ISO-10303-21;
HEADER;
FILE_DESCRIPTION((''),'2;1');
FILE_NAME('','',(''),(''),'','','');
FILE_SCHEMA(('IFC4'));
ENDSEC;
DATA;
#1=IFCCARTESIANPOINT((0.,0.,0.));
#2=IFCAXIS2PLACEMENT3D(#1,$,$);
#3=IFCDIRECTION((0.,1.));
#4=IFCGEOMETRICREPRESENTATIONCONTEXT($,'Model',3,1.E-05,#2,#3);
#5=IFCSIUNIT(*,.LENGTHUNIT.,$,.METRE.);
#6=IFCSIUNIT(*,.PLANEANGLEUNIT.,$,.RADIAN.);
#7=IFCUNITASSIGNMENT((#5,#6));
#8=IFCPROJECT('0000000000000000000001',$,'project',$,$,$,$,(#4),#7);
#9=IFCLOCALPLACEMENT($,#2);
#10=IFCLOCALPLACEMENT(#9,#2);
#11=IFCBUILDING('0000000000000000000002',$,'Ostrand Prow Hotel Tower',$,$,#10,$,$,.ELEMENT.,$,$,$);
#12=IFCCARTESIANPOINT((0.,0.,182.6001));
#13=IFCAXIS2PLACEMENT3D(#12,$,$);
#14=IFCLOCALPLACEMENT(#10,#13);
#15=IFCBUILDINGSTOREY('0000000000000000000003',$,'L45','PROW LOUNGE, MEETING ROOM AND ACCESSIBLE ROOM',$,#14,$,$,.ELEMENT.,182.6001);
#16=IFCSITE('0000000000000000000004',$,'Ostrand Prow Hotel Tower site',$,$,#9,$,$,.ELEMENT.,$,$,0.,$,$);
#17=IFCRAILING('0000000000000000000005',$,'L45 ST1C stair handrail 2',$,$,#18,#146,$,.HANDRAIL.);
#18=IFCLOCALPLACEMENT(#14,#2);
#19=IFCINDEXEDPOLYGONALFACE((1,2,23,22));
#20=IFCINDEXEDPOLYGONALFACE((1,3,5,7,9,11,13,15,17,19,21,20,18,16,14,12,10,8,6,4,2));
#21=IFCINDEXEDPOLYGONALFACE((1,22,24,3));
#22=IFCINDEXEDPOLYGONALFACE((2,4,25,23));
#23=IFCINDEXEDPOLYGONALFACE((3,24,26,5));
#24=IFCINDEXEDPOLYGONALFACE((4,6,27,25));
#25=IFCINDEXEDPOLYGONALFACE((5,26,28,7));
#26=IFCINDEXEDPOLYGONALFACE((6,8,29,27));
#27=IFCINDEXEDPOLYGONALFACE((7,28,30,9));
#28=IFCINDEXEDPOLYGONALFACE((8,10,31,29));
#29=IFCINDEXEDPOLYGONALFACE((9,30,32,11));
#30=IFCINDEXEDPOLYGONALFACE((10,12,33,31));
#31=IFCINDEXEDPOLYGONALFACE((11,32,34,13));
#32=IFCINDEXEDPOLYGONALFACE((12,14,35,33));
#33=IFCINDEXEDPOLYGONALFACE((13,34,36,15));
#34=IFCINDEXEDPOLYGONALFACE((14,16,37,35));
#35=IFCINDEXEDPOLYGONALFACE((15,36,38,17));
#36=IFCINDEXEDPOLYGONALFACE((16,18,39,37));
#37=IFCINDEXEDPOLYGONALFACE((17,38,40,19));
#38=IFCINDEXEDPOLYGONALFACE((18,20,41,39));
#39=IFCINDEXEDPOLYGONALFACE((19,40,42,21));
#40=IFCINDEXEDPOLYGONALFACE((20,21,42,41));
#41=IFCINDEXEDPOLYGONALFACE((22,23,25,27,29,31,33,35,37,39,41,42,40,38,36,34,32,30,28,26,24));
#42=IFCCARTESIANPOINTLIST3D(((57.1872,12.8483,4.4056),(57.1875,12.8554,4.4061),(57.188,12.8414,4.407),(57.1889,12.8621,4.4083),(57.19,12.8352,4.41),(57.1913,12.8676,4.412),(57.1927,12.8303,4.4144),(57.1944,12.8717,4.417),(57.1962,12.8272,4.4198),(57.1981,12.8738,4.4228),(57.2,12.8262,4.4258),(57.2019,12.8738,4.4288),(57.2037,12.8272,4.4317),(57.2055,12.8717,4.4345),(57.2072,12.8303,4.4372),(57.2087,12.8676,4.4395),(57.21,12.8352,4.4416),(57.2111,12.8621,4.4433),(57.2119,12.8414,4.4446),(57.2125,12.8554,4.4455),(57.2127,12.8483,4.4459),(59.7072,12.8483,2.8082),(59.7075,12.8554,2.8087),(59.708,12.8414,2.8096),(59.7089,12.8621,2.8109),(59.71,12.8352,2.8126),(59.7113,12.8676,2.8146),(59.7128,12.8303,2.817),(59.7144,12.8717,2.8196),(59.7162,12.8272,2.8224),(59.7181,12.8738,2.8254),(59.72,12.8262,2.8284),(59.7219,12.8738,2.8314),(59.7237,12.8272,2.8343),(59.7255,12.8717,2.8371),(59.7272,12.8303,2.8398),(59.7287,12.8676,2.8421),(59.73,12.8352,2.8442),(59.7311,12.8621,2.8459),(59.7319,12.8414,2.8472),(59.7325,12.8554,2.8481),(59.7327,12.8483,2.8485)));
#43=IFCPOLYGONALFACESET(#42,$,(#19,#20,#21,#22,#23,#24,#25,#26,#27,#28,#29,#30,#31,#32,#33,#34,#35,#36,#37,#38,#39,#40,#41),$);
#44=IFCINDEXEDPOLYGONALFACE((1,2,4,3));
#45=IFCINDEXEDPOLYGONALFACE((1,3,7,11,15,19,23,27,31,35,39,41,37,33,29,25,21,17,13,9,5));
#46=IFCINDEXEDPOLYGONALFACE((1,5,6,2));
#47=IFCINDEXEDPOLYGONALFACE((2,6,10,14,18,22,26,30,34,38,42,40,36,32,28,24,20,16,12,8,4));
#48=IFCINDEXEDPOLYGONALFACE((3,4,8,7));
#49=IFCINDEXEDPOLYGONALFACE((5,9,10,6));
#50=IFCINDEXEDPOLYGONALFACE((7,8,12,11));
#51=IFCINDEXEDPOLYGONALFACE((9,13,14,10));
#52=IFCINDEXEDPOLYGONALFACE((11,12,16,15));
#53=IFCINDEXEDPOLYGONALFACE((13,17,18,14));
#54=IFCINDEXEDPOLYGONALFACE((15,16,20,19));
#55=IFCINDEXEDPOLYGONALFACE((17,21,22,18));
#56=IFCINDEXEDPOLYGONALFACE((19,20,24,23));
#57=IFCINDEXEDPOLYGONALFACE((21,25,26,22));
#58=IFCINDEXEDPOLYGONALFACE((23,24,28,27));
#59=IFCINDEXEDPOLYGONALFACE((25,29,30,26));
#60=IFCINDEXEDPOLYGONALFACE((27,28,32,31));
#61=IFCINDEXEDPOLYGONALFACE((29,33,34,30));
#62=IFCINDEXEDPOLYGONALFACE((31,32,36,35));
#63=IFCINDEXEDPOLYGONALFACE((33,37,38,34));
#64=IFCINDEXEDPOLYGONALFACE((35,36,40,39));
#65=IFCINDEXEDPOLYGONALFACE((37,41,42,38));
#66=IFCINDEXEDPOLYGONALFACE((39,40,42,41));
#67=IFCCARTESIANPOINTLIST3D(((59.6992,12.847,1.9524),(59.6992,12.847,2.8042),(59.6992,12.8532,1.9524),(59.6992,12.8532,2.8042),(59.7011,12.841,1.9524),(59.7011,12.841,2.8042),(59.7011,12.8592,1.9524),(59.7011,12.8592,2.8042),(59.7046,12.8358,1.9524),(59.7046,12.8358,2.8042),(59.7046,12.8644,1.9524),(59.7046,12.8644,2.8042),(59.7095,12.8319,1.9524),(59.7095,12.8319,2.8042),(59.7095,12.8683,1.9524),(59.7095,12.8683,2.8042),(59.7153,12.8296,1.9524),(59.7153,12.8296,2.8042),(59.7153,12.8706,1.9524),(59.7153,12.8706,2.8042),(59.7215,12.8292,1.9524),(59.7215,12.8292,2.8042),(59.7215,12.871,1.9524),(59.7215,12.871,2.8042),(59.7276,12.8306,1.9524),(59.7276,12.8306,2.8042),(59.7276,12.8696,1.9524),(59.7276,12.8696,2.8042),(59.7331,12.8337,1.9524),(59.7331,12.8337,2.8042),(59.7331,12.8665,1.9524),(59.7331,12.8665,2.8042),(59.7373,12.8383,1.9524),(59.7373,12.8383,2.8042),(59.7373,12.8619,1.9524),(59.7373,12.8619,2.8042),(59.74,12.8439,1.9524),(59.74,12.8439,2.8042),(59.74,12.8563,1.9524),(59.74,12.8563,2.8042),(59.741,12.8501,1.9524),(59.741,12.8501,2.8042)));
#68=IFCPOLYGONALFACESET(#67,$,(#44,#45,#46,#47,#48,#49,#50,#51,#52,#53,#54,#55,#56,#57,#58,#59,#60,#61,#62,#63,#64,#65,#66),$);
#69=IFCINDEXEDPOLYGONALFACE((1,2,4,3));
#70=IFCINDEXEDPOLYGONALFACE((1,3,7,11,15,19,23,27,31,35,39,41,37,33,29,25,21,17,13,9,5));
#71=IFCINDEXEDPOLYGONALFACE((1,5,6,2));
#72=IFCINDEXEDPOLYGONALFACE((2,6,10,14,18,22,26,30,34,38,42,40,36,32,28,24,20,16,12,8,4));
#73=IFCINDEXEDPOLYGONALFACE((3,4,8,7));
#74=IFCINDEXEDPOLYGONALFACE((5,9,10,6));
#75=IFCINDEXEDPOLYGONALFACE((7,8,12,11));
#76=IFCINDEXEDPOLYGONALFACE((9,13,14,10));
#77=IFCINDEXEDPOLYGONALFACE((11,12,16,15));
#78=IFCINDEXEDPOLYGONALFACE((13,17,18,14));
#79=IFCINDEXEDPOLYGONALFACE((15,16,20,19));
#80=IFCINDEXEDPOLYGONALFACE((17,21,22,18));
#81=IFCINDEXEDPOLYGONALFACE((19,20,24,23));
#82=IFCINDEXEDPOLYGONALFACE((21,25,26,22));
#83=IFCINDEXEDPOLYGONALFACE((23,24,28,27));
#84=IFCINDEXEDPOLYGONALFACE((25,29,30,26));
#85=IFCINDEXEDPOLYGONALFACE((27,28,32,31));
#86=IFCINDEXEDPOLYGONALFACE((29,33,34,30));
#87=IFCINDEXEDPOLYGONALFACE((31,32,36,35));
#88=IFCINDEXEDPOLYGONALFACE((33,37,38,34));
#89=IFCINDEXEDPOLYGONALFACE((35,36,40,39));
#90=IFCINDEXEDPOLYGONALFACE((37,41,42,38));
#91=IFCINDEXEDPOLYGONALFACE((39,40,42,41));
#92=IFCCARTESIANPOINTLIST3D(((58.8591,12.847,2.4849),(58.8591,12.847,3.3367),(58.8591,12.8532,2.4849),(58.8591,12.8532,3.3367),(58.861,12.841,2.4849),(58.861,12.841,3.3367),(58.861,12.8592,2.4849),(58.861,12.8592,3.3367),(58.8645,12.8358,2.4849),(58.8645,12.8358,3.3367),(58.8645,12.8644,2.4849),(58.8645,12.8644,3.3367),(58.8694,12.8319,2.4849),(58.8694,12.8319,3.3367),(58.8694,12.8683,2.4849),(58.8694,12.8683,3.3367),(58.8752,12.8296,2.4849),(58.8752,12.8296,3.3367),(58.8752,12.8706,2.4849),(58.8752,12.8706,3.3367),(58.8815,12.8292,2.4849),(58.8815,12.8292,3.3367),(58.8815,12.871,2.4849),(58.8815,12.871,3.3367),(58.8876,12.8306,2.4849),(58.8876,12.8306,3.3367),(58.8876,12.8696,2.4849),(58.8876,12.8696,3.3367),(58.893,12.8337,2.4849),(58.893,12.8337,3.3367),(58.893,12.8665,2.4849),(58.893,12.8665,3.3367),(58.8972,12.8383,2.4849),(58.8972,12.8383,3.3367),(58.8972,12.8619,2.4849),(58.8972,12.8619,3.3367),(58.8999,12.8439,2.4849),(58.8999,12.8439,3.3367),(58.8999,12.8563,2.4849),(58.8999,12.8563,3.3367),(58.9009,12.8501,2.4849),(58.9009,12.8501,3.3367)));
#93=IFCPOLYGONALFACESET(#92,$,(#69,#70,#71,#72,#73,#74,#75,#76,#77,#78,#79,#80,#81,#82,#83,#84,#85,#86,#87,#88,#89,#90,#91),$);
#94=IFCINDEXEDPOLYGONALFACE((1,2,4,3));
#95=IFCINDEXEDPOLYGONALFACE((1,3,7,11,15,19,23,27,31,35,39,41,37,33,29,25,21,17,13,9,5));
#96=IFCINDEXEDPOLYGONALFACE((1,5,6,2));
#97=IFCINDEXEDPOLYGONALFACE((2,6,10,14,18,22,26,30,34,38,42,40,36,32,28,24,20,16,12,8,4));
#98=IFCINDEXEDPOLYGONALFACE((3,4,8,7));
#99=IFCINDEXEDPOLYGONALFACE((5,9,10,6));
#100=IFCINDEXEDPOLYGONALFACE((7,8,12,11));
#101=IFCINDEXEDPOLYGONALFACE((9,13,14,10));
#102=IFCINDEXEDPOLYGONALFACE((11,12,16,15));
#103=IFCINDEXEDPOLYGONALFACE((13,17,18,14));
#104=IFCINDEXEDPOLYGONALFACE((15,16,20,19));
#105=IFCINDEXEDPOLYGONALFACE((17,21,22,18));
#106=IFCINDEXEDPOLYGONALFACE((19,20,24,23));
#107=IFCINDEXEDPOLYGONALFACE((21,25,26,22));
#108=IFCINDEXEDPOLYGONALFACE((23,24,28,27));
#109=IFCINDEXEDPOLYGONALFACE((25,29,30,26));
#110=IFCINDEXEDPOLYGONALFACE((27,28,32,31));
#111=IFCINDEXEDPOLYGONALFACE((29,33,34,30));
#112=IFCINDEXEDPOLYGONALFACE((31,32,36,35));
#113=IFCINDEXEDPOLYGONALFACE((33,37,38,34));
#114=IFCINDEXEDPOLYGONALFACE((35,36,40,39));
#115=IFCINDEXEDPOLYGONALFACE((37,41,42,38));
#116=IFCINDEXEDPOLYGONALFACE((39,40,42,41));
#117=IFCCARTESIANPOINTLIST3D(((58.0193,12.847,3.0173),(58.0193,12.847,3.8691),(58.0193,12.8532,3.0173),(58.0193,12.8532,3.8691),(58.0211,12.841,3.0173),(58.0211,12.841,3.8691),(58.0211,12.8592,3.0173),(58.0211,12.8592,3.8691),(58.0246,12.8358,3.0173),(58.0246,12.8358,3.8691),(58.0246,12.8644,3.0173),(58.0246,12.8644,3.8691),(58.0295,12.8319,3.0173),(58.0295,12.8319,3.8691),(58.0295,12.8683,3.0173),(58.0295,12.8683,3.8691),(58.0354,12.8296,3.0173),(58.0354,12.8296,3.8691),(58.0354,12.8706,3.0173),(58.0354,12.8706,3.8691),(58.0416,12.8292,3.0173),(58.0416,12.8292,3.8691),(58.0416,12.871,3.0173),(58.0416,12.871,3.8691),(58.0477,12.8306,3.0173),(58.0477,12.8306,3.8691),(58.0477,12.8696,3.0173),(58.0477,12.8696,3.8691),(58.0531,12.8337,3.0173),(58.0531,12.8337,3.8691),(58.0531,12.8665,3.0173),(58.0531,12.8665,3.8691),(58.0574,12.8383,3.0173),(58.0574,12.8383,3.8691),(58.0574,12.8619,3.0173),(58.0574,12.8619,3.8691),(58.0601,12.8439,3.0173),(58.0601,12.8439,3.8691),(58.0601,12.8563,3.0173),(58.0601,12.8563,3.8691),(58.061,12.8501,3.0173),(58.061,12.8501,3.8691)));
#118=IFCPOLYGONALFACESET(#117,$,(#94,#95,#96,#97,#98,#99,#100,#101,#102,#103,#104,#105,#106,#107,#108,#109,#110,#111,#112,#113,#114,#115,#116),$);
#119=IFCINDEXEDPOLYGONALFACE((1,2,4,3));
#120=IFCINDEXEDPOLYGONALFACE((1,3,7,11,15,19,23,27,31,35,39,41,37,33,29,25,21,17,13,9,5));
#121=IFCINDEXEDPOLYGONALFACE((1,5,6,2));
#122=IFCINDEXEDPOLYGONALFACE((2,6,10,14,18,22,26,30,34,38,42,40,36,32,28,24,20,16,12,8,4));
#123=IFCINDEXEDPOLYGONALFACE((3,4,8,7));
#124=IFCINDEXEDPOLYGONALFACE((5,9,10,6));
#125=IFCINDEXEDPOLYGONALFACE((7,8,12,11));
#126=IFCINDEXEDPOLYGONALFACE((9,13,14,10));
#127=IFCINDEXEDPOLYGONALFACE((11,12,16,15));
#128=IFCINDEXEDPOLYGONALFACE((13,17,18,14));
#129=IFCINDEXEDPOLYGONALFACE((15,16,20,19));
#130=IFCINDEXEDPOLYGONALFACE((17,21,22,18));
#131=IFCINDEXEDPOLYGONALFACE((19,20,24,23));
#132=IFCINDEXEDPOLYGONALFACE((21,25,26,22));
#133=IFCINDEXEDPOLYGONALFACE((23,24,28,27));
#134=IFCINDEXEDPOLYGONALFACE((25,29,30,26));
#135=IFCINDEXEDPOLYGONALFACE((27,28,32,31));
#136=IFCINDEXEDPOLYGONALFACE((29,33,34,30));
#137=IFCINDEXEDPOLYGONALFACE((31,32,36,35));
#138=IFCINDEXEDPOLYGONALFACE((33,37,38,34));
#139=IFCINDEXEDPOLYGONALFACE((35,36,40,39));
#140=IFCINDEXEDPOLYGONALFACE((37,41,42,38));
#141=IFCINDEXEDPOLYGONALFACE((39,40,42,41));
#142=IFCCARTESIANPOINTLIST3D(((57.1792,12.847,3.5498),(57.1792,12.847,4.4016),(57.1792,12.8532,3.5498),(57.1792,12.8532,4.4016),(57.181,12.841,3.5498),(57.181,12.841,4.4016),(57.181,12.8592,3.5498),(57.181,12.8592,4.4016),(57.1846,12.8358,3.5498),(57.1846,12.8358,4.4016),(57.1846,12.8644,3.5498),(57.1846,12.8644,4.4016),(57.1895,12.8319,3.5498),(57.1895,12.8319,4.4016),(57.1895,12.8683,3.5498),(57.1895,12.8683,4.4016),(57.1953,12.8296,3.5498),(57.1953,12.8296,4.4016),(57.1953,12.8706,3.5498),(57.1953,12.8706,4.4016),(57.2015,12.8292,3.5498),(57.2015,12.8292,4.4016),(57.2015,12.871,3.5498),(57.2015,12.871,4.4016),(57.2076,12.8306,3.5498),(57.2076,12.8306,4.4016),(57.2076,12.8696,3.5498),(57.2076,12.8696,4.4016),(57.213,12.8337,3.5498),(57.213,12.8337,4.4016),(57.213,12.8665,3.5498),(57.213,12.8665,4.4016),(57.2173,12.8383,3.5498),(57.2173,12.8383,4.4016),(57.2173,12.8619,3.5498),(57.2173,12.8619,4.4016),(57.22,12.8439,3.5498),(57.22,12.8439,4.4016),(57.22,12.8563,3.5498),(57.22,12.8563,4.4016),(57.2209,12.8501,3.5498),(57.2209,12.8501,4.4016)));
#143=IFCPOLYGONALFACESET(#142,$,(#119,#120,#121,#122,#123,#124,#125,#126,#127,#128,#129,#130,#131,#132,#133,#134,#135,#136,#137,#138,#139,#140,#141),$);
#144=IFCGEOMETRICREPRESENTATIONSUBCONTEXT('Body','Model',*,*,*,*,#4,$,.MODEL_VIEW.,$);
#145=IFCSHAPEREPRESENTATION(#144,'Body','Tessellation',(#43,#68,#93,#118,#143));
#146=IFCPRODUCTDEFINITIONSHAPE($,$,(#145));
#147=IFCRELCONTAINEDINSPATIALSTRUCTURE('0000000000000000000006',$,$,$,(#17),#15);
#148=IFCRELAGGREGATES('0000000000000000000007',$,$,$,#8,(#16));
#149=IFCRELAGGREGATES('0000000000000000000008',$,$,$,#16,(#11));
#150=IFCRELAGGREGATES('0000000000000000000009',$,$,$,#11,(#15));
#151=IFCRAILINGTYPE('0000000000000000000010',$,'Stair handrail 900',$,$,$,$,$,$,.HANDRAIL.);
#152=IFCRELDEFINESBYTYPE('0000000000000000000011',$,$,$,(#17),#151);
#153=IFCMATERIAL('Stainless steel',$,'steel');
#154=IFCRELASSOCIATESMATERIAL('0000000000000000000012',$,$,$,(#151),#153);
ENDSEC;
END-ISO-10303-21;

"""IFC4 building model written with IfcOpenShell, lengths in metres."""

from ifc_helpers import new_model, si_unit, direction, frame, origin, origin_2d, place, context, subcontext, project, spatial, circle, extrude, material, type_object, element, save


model = new_model("IFC4")

# Units and contexts
model_context = context("Model", 3, precision=1e-05, world=origin(), true_north=direction((0.0, 1.0)))
body_context = subcontext(model_context, "Body", "Model", "MODEL_VIEW")
ifc_project = project(units=[si_unit("LENGTHUNIT", "METRE"), si_unit("PLANEANGLEUNIT", "RADIAN")], contexts=[model_context])

# Site, building, storey
site_placement = place(None, origin())
site = spatial("IfcSite", under=ifc_project, at=site_placement, Name="Ostrand Prow Hotel Tower site", CompositionType="ELEMENT", RefElevation=0.0)
building_placement = place(site_placement, origin())
building = spatial("IfcBuilding", under=site, at=building_placement, Name="Ostrand Prow Hotel Tower", CompositionType="ELEMENT")
storey_placement = place(building_placement, frame((0.0, 0.0, 182.6001)))
storey = spatial("IfcBuildingStorey", under=building, at=storey_placement, Name="L45", Description="PROW LOUNGE, MEETING ROOM AND ACCESSIBLE ROOM", CompositionType="ELEMENT", Elevation=182.6001)

# Railing
ifc_material_1 = material(Name="Stainless steel", Category="steel")
railing_type_1 = type_object("IfcRailingType", Name="Stair handrail 900", PredefinedType="HANDRAIL", material=ifc_material_1)
railing_1_placement = place(storey_placement, frame((59.72, 12.8501, 1.9524)))
element("IfcRailing", 1, at=railing_1_placement, inside=storey, type_object=railing_type_1, Name="L45 ST1C stair handrail 2", PredefinedType="HANDRAIL", context=body_context, shape_type="SweptSolid", body=[
    extrude(circle(Radius=0.0239, at=origin_2d()), frame((0.0, 0.0, 0.876), z_axis=(-0.844607, 0.0, 0.535387), x_axis=(0.0, -1.0, 0.0)), (0.0, 0.0, 1.0), 2.9836),
    extrude(circle(Radius=0.021, at=origin_2d()), origin(), (0.0, 0.0, 1.0), 0.8518),
    extrude(circle(Radius=0.021, at=origin_2d()), frame((-0.8401, 0.0, 0.5325)), (0.0, 0.0, 1.0), 0.8518),
    extrude(circle(Radius=0.021, at=origin_2d()), frame((-1.6799, 0.0, 1.0649)), (0.0, 0.0, 1.0), 0.8518),
    extrude(circle(Radius=0.021, at=origin_2d()), frame((-2.52, 0.0, 1.5974)), (0.0, 0.0, 1.0), 0.8518),
])

save(model, "model.ifc")
